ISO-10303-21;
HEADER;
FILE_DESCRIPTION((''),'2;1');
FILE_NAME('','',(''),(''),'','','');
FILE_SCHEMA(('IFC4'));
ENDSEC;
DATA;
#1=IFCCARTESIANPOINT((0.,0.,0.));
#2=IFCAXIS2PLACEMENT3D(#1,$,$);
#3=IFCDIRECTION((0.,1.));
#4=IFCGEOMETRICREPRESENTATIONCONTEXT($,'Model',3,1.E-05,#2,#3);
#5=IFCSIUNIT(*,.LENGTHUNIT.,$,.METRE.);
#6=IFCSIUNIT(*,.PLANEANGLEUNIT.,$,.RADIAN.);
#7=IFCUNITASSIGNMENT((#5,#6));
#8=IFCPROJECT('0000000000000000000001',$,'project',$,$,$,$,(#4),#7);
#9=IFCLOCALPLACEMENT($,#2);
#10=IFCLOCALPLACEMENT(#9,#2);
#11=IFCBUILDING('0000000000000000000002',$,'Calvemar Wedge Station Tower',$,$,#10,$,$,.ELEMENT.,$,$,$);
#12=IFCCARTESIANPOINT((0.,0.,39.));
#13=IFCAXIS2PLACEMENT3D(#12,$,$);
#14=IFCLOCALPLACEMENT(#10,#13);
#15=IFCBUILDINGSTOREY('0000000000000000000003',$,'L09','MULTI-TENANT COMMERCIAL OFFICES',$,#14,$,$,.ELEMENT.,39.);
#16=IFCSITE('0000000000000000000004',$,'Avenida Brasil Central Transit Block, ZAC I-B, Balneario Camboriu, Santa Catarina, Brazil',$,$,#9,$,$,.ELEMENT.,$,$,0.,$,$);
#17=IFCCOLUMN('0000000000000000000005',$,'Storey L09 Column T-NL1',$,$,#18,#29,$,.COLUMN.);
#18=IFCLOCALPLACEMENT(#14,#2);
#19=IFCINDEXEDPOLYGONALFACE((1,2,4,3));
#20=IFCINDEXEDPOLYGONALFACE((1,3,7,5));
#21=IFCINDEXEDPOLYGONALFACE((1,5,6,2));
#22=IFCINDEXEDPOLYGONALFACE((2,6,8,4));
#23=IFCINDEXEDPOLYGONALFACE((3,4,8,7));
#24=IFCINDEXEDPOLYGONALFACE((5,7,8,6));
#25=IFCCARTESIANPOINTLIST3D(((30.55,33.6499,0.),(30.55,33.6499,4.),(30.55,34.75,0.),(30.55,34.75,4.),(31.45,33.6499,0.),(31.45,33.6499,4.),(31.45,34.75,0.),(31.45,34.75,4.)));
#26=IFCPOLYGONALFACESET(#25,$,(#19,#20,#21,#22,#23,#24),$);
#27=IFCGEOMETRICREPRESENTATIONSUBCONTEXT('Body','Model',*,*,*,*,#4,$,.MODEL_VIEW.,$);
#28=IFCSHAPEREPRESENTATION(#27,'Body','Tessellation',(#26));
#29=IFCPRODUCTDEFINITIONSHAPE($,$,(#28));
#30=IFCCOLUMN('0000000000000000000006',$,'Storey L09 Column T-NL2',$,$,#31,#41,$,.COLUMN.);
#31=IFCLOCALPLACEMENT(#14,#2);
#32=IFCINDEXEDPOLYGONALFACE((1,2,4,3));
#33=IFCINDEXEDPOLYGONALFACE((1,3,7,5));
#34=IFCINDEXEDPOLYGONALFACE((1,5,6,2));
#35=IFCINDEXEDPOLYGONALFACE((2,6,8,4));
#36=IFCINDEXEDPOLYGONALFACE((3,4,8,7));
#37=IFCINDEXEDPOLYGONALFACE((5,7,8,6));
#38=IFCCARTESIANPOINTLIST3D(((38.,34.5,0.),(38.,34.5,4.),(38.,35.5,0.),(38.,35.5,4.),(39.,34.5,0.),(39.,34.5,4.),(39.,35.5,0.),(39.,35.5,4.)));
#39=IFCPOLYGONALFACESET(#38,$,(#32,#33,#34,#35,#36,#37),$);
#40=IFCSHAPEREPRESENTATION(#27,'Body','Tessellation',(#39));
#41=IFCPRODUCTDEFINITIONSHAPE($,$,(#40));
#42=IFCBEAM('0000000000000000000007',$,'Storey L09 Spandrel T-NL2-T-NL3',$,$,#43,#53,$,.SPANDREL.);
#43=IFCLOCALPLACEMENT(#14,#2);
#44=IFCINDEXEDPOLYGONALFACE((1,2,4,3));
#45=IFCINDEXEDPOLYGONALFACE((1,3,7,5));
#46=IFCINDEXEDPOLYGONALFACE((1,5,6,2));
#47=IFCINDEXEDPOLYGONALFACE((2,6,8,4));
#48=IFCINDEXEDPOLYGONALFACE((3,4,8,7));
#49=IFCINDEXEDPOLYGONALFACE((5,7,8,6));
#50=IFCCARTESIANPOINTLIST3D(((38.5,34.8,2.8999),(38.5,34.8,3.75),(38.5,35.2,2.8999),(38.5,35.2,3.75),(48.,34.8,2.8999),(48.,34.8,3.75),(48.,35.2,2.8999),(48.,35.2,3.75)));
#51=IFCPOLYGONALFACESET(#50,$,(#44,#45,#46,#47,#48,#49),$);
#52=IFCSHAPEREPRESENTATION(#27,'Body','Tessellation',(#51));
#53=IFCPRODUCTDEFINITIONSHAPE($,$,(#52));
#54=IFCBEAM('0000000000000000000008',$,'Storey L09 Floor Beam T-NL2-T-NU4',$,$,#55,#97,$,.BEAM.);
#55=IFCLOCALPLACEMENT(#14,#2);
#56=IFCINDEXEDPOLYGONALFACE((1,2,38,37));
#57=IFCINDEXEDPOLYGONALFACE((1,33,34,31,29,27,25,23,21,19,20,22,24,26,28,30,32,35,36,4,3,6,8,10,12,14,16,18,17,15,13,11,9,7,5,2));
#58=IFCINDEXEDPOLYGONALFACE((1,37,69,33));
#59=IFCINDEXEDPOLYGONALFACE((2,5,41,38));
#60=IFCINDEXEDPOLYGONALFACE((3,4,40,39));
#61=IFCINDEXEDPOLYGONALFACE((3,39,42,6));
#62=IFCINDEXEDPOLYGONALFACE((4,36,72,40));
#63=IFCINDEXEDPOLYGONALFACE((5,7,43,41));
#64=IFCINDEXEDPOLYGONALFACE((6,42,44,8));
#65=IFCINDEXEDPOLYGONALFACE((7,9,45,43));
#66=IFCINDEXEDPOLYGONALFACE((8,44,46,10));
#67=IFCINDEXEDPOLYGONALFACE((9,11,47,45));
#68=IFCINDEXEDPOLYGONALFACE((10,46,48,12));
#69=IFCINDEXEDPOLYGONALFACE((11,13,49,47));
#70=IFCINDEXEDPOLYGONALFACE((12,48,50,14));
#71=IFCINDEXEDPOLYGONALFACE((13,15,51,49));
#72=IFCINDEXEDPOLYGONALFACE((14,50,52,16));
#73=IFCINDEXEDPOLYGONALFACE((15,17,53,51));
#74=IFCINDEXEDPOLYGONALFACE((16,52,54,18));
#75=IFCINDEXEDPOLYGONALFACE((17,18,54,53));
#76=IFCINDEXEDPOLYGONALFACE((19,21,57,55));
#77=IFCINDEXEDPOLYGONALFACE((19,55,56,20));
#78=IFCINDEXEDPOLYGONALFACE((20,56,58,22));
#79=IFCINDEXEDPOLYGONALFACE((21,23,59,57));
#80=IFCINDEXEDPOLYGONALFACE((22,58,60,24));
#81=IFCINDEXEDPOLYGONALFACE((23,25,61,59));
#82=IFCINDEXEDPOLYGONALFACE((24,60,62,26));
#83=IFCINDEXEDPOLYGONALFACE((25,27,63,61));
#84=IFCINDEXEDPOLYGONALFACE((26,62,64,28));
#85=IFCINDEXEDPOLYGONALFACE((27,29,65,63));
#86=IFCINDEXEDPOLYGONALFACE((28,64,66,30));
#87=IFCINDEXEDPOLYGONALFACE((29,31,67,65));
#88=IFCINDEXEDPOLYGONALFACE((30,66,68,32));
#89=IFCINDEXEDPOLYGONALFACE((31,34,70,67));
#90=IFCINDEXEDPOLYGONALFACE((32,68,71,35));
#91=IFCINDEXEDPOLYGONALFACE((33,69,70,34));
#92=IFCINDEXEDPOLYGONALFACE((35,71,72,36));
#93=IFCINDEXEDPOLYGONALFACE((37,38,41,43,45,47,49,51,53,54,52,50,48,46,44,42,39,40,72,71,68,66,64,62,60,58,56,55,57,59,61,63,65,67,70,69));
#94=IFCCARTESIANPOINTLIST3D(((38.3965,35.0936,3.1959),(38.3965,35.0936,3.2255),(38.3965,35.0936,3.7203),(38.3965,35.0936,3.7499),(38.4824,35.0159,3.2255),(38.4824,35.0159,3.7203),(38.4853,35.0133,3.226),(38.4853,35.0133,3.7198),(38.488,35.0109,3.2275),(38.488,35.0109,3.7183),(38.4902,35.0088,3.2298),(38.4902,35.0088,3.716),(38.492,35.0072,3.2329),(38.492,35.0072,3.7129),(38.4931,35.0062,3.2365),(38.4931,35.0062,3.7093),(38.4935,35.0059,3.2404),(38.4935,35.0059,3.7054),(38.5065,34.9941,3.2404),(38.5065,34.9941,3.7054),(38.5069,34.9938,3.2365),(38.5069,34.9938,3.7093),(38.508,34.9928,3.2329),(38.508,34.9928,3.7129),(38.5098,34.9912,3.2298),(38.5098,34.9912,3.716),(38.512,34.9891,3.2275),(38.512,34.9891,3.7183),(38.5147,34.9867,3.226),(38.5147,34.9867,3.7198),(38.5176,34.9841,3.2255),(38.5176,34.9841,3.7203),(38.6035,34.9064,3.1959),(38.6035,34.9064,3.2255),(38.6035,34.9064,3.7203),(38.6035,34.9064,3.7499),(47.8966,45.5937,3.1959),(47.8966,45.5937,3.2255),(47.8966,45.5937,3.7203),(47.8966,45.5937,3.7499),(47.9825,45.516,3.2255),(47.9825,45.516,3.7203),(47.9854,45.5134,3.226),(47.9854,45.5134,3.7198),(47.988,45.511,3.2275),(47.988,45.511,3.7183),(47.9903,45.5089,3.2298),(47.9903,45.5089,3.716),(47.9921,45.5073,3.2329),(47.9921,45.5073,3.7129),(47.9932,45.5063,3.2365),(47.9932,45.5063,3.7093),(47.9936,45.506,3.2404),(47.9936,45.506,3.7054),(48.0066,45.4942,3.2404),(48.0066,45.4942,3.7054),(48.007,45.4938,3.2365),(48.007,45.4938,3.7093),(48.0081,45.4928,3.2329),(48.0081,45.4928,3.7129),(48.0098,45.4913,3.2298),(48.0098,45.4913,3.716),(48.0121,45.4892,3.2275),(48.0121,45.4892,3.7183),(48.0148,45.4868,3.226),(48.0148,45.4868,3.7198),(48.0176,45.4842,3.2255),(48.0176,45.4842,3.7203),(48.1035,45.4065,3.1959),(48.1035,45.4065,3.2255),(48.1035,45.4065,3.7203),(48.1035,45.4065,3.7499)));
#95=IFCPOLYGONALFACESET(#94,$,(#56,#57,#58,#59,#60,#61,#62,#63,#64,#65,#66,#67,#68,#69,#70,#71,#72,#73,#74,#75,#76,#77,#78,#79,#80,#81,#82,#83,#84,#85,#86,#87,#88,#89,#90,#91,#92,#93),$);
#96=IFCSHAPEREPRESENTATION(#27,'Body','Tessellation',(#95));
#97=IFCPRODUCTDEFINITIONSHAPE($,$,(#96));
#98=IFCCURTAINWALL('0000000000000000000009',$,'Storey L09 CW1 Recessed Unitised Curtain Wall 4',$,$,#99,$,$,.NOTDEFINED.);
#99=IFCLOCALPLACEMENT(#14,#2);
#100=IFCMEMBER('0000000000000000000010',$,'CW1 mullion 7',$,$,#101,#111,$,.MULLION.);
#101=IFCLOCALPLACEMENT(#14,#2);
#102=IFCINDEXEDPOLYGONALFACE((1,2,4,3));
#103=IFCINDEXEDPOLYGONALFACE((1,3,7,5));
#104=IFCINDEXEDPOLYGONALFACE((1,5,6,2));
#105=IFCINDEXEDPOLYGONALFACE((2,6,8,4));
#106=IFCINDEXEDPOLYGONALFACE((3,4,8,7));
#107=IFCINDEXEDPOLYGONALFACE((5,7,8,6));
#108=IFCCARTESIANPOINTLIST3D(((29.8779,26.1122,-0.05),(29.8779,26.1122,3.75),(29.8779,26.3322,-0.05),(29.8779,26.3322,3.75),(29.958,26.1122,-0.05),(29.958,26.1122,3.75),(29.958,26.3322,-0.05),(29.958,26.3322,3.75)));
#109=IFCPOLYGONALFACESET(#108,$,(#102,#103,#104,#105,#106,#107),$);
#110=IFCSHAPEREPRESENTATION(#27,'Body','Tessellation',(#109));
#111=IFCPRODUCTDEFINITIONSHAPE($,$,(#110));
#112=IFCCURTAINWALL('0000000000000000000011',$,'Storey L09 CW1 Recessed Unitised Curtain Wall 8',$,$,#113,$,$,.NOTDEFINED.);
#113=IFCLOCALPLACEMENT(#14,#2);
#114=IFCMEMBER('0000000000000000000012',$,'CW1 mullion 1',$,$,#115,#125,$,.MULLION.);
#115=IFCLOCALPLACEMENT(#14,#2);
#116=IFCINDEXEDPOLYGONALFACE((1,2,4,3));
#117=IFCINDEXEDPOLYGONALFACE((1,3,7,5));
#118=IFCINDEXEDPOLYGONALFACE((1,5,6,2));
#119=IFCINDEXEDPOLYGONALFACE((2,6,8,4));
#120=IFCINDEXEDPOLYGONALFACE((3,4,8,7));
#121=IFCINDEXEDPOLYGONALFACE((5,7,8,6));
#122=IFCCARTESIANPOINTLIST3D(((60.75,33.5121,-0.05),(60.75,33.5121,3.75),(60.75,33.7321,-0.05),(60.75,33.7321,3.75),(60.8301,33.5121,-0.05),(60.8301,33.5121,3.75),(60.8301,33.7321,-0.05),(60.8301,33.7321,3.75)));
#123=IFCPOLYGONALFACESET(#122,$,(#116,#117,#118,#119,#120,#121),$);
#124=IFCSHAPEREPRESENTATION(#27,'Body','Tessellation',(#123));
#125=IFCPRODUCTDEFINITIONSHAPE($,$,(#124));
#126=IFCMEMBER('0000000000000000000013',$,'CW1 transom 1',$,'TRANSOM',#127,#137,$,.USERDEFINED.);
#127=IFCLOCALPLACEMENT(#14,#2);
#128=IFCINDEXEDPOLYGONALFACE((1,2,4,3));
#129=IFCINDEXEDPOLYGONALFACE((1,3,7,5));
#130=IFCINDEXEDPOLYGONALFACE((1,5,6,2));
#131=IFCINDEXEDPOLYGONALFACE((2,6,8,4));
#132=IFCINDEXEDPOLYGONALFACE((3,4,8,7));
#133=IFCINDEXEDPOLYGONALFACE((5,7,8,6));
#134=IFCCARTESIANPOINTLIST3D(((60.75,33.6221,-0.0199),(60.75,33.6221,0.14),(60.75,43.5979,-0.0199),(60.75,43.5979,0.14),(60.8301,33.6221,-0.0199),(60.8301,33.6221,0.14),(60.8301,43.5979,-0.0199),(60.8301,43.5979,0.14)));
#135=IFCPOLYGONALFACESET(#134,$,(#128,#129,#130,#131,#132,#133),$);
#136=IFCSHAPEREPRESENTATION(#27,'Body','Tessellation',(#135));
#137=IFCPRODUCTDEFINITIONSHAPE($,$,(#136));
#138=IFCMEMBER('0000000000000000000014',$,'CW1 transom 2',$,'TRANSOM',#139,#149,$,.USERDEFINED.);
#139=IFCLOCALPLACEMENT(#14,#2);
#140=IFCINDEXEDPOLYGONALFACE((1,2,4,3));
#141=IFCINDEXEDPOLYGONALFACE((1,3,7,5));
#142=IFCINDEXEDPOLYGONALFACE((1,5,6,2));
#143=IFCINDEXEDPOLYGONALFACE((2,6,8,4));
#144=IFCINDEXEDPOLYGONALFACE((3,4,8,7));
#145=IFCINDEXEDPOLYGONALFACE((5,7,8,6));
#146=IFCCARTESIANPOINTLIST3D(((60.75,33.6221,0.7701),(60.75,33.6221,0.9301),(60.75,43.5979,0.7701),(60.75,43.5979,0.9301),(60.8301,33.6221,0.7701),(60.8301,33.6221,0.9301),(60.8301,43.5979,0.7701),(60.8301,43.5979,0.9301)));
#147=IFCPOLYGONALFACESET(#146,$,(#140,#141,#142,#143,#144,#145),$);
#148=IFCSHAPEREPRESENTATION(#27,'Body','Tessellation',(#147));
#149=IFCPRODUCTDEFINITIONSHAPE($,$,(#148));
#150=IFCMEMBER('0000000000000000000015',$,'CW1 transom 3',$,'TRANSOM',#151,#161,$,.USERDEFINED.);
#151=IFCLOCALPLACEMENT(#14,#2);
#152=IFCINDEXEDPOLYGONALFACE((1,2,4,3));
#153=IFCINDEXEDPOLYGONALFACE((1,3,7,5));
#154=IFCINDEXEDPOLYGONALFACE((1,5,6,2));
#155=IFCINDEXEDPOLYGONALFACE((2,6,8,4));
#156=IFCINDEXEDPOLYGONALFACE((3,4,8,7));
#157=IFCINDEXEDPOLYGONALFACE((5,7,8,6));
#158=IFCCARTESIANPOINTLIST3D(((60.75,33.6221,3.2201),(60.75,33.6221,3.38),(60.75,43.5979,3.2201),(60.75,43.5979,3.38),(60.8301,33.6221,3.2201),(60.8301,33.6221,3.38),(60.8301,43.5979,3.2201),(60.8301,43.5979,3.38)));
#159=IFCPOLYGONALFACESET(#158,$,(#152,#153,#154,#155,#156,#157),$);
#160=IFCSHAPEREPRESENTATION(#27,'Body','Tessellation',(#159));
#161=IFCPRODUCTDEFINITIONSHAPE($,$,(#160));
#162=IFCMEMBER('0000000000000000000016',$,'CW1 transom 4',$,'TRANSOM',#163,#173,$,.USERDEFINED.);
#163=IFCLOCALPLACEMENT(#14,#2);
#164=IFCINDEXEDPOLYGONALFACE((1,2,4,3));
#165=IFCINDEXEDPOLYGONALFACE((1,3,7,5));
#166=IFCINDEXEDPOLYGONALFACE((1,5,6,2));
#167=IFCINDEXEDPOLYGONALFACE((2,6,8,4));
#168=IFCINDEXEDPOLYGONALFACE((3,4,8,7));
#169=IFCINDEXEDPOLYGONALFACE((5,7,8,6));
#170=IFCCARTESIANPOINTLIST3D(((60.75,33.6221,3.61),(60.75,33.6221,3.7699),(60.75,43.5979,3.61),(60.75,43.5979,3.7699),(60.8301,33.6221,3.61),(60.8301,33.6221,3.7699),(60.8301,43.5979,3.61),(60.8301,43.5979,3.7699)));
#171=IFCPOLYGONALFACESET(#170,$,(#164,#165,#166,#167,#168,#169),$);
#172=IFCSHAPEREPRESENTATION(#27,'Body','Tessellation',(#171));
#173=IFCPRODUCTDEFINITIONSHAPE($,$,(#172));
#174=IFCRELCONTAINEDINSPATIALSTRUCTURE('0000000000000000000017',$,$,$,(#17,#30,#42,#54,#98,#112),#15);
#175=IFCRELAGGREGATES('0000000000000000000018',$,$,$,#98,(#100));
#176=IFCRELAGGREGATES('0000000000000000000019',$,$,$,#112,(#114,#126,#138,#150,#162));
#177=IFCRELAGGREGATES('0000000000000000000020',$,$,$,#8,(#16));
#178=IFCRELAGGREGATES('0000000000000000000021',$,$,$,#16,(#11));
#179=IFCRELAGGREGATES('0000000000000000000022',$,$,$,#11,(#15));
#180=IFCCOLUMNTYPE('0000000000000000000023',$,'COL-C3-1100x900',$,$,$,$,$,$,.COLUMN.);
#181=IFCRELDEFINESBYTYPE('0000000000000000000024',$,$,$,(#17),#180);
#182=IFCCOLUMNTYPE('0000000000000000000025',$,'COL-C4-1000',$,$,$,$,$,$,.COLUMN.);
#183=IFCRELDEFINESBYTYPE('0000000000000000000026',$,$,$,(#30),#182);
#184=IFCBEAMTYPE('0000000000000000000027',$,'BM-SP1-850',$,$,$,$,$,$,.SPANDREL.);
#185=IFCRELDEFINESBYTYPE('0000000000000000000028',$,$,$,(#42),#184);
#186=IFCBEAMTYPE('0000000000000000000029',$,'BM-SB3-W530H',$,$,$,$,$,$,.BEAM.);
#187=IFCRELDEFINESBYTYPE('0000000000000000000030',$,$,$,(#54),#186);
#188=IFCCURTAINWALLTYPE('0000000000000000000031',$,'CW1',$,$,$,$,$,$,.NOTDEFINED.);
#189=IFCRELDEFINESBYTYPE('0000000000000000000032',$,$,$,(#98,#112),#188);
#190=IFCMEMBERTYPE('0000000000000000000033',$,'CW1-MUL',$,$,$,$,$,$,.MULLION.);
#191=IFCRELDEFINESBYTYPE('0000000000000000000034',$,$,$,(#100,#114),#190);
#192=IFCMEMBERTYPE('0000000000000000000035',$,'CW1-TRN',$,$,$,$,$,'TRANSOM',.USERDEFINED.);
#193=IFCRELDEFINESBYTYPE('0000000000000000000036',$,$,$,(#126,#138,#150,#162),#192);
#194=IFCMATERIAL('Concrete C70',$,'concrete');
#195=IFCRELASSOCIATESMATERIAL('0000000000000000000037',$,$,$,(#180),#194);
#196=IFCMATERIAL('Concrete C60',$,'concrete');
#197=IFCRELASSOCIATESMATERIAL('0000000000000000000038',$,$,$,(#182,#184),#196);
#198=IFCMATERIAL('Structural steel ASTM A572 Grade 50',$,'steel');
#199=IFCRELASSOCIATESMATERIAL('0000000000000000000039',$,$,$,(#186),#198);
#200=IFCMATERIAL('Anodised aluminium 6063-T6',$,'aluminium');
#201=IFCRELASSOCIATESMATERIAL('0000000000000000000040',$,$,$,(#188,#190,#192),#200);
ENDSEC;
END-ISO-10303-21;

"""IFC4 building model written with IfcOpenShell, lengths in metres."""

from ifc_helpers import new_model, si_unit, direction, frame, origin, origin_2d, place, context, subcontext, project, spatial, rectangle, i_section, extrude, source, transform, mapped, material, material_profile, profile_set, type_object, element, aggregate, save


model = new_model("IFC4")

# Units and contexts
model_context = context("Model", 3, precision=1e-05, world=origin(), true_north=direction((0.0, 1.0)))
body_context = subcontext(model_context, "Body", "Model", "MODEL_VIEW")
ifc_project = project(units=[si_unit("LENGTHUNIT", "METRE"), si_unit("PLANEANGLEUNIT", "RADIAN")], contexts=[model_context])

# Site, building, storey
site_placement = place(None, origin())
site = spatial("IfcSite", under=ifc_project, at=site_placement, Name="Avenida Brasil Central Transit Block, ZAC I-B, Balneario Camboriu, Santa Catarina, Brazil", CompositionType="ELEMENT", RefElevation=0.0)
building_placement = place(site_placement, origin())
building = spatial("IfcBuilding", under=site, at=building_placement, Name="Calvemar Wedge Station Tower", CompositionType="ELEMENT")
storey_placement = place(building_placement, frame((0.0, 0.0, 39.0)))
storey = spatial("IfcBuildingStorey", under=building, at=storey_placement, Name="L09", Description="MULTI-TENANT COMMERCIAL OFFICES", CompositionType="ELEMENT", Elevation=39.0)

# Columns
ifc_material_1 = material(Name="Concrete C70", Category="concrete")
ifc_material_profile_1 = material_profile(ifc_material_1, rectangle(XDim=0.8999, YDim=1.1001, at=origin_2d()), Name="RC1100x900")
ifc_profile_set_1 = profile_set([ifc_material_profile_1], Name="Concrete C70")
column_type_1 = type_object("IfcColumnType", Name="COL-C3-1100x900", PredefinedType="COLUMN", material=ifc_profile_set_1)
shared_shape_1 = source(origin(), body_context, "Body", "SweptSolid", [
    extrude(rectangle(XDim=0.8999, YDim=1.1001, at=origin_2d()), origin(), (0.0, 0.0, 1.0), 4.0),
])
column_1_placement = place(storey_placement, frame((31.0, 34.2, 0.0), z_axis=(0.0, 0.0, 1.0), x_axis=(1.0, 0.0, 0.0)))
element("IfcColumn", 1, at=column_1_placement, inside=storey, type_object=column_type_1, Name="Storey L09 Column T-NL1", PredefinedType="COLUMN", context=body_context, shape_type="MappedRepresentation", body=[
    mapped(shared_shape_1, transform((0.0, 0.0, 0.0), scale=1.0)),
])
ifc_material_2 = material(Name="Concrete C60", Category="concrete")
ifc_material_profile_2 = material_profile(ifc_material_2, rectangle(XDim=1.0, YDim=1.0, at=origin_2d()), Name="RC1000x1000")
ifc_profile_set_2 = profile_set([ifc_material_profile_2], Name="Concrete C60")
column_type_2 = type_object("IfcColumnType", Name="COL-C4-1000", PredefinedType="COLUMN", material=ifc_profile_set_2)
shared_shape_2 = source(origin(), body_context, "Body", "SweptSolid", [
    extrude(rectangle(XDim=1.0, YDim=1.0, at=origin_2d()), origin(), (0.0, 0.0, 1.0), 4.0),
])
column_2_placement = place(storey_placement, frame((38.5, 35.0, 0.0), z_axis=(0.0, 0.0, 1.0), x_axis=(1.0, 0.0, 0.0)))
element("IfcColumn", 2, at=column_2_placement, inside=storey, type_object=column_type_2, Name="Storey L09 Column T-NL2", PredefinedType="COLUMN", context=body_context, shape_type="MappedRepresentation", body=[
    mapped(shared_shape_2, transform((0.0, 0.0, 0.0), scale=1.0)),
])

# Beams
ifc_material_profile_3 = material_profile(ifc_material_2, rectangle(XDim=0.3999, YDim=0.8501, at=origin_2d()), Name="RC400x850")
ifc_profile_set_3 = profile_set([ifc_material_profile_3], Name="Concrete C60")
beam_type_1 = type_object("IfcBeamType", Name="BM-SP1-850", PredefinedType="SPANDREL", material=ifc_profile_set_3)
shared_shape_3 = source(origin(), body_context, "Body", "SweptSolid", [
    extrude(rectangle(XDim=0.3999, YDim=0.8501, at=origin_2d()), origin(), (0.0, 0.0, 1.0), 9.5),
])
beam_1_placement = place(storey_placement, frame((38.5, 35.0, 3.325), z_axis=(1.0, 0.0, 0.0), x_axis=(0.0, 1.0, 0.0)))
element("IfcBeam", 3, at=beam_1_placement, inside=storey, type_object=beam_type_1, Name="Storey L09 Spandrel T-NL2-T-NL3", PredefinedType="SPANDREL", context=body_context, shape_type="MappedRepresentation", body=[
    mapped(shared_shape_3, transform((0.0, 0.0, 0.0), scale=1.0)),
])
ifc_material_3 = material(Name="Structural steel ASTM A572 Grade 50", Category="steel")
ifc_material_profile_4 = material_profile(ifc_material_3, i_section(OverallWidth=0.2791, OverallDepth=0.554, WebThickness=0.0176, FlangeThickness=0.0295, FilletRadius=0.0149, at=origin_2d()), Name="W530x196")
ifc_profile_set_4 = profile_set([ifc_material_profile_4], Name="Structural steel ASTM A572 Grade 50")
beam_type_2 = type_object("IfcBeamType", Name="BM-SB3-W530H", PredefinedType="BEAM", material=ifc_profile_set_4)
shared_shape_4 = source(origin(), body_context, "Body", "SweptSolid", [
    extrude(i_section(OverallWidth=0.2791, OverallDepth=0.554, WebThickness=0.0176, FlangeThickness=0.0295, FilletRadius=0.0149, at=origin_2d()), origin(), (0.0, 0.0, 1.0), 14.1599),
])
beam_2_placement = place(storey_placement, frame((38.5, 35.0, 3.4729), z_axis=(0.670913, 0.741536, 0.0), x_axis=(-0.741536, 0.670913, 0.0)))
element("IfcBeam", 4, at=beam_2_placement, inside=storey, type_object=beam_type_2, Name="Storey L09 Floor Beam T-NL2-T-NU4", PredefinedType="BEAM", context=body_context, shape_type="MappedRepresentation", body=[
    mapped(shared_shape_4, transform((0.0, 0.0, 0.0), scale=1.0)),
])

# Curtain wall, member
ifc_material_4 = material(Name="Anodised aluminium 6063-T6", Category="aluminium")
curtain_wall_type = type_object("IfcCurtainWallType", Name="CW1", PredefinedType="NOTDEFINED", material=ifc_material_4)
curtain_wall_1_placement = place(storey_placement, origin())
curtain_wall_1 = element("IfcCurtainWall", 5, at=curtain_wall_1_placement, inside=storey, type_object=curtain_wall_type, Name="Storey L09 CW1 Recessed Unitised Curtain Wall 4", PredefinedType="NOTDEFINED")
ifc_material_profile_5 = material_profile(ifc_material_4, rectangle(XDim=0.0801, YDim=0.22, at=origin_2d()), Name="AL-MUL-80x220")
ifc_profile_set_5 = profile_set([ifc_material_profile_5], Name="Anodised aluminium 6063-T6")
member_type_1 = type_object("IfcMemberType", Name="CW1-MUL", PredefinedType="MULLION", material=ifc_profile_set_5)
shared_shape_5 = source(origin(), body_context, "Body", "SweptSolid", [
    extrude(rectangle(XDim=0.0801, YDim=0.22, at=origin_2d()), origin(), (0.0, 0.0, 1.0), 3.8),
])
member_1_placement = place(storey_placement, frame((29.918, 26.2222, -0.05), z_axis=(0.0, 0.0, 1.0), x_axis=(1.0, 0.0, 0.0)))
member_1 = element("IfcMember", 6, at=member_1_placement, type_object=member_type_1, Name="CW1 mullion 7", PredefinedType="MULLION", context=body_context, shape_type="MappedRepresentation", body=[
    mapped(shared_shape_5, transform((0.0, 0.0, 0.0), scale=1.0)),
])
aggregate(curtain_wall_1, [member_1])

# Curtain wall, members
curtain_wall_2_placement = place(storey_placement, origin())
curtain_wall_2 = element("IfcCurtainWall", 7, at=curtain_wall_2_placement, inside=storey, type_object=curtain_wall_type, Name="Storey L09 CW1 Recessed Unitised Curtain Wall 8", PredefinedType="NOTDEFINED")
member_2_placement = place(storey_placement, frame((60.79, 33.6221, -0.05), z_axis=(0.0, 0.0, 1.0), x_axis=(1.0, 0.0, 0.0)))
member_2 = element("IfcMember", 8, at=member_2_placement, type_object=member_type_1, Name="CW1 mullion 1", PredefinedType="MULLION", context=body_context, shape_type="MappedRepresentation", body=[
    mapped(shared_shape_5, transform((0.0, 0.0, 0.0), scale=1.0)),
])
ifc_material_profile_6 = material_profile(ifc_material_4, rectangle(XDim=0.0801, YDim=0.1599, at=origin_2d()), Name="AL-TRN-80x160")
ifc_profile_set_6 = profile_set([ifc_material_profile_6], Name="Anodised aluminium 6063-T6")
member_type_2 = type_object("IfcMemberType", Name="CW1-TRN", ElementType="TRANSOM", PredefinedType="USERDEFINED", material=ifc_profile_set_6)
shared_shape_6 = source(origin(), body_context, "Body", "SweptSolid", [
    extrude(rectangle(XDim=0.0801, YDim=0.1599, at=origin_2d()), origin(), (0.0, 0.0, 1.0), 9.9758),
])
member_3_placement = place(storey_placement, frame((60.79, 33.6221, 0.0601), z_axis=(0.0, 1.0, 0.0), x_axis=(-1.0, 0.0, 0.0)))
member_3 = element("IfcMember", 9, at=member_3_placement, type_object=member_type_2, Name="CW1 transom 1", ObjectType="TRANSOM", PredefinedType="USERDEFINED", context=body_context, shape_type="MappedRepresentation", body=[
    mapped(shared_shape_6, transform((0.0, 0.0, 0.0), scale=1.0)),
])
member_4_placement = place(storey_placement, frame((60.79, 33.6221, 0.8501), z_axis=(0.0, 1.0, 0.0), x_axis=(-1.0, 0.0, 0.0)))
member_4 = element("IfcMember", 10, at=member_4_placement, type_object=member_type_2, Name="CW1 transom 2", ObjectType="TRANSOM", PredefinedType="USERDEFINED", context=body_context, shape_type="MappedRepresentation", body=[
    mapped(shared_shape_6, transform((0.0, 0.0, 0.0), scale=1.0)),
])
member_5_placement = place(storey_placement, frame((60.79, 33.6221, 3.3), z_axis=(0.0, 1.0, 0.0), x_axis=(-1.0, 0.0, 0.0)))
member_5 = element("IfcMember", 11, at=member_5_placement, type_object=member_type_2, Name="CW1 transom 3", ObjectType="TRANSOM", PredefinedType="USERDEFINED", context=body_context, shape_type="MappedRepresentation", body=[
    mapped(shared_shape_6, transform((0.0, 0.0, 0.0), scale=1.0)),
])
member_6_placement = place(storey_placement, frame((60.79, 33.6221, 3.6899), z_axis=(0.0, 1.0, 0.0), x_axis=(-1.0, 0.0, 0.0)))
member_6 = element("IfcMember", 12, at=member_6_placement, type_object=member_type_2, Name="CW1 transom 4", ObjectType="TRANSOM", PredefinedType="USERDEFINED", context=body_context, shape_type="MappedRepresentation", body=[
    mapped(shared_shape_6, transform((0.0, 0.0, 0.0), scale=1.0)),
])
aggregate(curtain_wall_2, [member_2, member_3, member_4, member_5, member_6])

save(model, "model.ifc")
